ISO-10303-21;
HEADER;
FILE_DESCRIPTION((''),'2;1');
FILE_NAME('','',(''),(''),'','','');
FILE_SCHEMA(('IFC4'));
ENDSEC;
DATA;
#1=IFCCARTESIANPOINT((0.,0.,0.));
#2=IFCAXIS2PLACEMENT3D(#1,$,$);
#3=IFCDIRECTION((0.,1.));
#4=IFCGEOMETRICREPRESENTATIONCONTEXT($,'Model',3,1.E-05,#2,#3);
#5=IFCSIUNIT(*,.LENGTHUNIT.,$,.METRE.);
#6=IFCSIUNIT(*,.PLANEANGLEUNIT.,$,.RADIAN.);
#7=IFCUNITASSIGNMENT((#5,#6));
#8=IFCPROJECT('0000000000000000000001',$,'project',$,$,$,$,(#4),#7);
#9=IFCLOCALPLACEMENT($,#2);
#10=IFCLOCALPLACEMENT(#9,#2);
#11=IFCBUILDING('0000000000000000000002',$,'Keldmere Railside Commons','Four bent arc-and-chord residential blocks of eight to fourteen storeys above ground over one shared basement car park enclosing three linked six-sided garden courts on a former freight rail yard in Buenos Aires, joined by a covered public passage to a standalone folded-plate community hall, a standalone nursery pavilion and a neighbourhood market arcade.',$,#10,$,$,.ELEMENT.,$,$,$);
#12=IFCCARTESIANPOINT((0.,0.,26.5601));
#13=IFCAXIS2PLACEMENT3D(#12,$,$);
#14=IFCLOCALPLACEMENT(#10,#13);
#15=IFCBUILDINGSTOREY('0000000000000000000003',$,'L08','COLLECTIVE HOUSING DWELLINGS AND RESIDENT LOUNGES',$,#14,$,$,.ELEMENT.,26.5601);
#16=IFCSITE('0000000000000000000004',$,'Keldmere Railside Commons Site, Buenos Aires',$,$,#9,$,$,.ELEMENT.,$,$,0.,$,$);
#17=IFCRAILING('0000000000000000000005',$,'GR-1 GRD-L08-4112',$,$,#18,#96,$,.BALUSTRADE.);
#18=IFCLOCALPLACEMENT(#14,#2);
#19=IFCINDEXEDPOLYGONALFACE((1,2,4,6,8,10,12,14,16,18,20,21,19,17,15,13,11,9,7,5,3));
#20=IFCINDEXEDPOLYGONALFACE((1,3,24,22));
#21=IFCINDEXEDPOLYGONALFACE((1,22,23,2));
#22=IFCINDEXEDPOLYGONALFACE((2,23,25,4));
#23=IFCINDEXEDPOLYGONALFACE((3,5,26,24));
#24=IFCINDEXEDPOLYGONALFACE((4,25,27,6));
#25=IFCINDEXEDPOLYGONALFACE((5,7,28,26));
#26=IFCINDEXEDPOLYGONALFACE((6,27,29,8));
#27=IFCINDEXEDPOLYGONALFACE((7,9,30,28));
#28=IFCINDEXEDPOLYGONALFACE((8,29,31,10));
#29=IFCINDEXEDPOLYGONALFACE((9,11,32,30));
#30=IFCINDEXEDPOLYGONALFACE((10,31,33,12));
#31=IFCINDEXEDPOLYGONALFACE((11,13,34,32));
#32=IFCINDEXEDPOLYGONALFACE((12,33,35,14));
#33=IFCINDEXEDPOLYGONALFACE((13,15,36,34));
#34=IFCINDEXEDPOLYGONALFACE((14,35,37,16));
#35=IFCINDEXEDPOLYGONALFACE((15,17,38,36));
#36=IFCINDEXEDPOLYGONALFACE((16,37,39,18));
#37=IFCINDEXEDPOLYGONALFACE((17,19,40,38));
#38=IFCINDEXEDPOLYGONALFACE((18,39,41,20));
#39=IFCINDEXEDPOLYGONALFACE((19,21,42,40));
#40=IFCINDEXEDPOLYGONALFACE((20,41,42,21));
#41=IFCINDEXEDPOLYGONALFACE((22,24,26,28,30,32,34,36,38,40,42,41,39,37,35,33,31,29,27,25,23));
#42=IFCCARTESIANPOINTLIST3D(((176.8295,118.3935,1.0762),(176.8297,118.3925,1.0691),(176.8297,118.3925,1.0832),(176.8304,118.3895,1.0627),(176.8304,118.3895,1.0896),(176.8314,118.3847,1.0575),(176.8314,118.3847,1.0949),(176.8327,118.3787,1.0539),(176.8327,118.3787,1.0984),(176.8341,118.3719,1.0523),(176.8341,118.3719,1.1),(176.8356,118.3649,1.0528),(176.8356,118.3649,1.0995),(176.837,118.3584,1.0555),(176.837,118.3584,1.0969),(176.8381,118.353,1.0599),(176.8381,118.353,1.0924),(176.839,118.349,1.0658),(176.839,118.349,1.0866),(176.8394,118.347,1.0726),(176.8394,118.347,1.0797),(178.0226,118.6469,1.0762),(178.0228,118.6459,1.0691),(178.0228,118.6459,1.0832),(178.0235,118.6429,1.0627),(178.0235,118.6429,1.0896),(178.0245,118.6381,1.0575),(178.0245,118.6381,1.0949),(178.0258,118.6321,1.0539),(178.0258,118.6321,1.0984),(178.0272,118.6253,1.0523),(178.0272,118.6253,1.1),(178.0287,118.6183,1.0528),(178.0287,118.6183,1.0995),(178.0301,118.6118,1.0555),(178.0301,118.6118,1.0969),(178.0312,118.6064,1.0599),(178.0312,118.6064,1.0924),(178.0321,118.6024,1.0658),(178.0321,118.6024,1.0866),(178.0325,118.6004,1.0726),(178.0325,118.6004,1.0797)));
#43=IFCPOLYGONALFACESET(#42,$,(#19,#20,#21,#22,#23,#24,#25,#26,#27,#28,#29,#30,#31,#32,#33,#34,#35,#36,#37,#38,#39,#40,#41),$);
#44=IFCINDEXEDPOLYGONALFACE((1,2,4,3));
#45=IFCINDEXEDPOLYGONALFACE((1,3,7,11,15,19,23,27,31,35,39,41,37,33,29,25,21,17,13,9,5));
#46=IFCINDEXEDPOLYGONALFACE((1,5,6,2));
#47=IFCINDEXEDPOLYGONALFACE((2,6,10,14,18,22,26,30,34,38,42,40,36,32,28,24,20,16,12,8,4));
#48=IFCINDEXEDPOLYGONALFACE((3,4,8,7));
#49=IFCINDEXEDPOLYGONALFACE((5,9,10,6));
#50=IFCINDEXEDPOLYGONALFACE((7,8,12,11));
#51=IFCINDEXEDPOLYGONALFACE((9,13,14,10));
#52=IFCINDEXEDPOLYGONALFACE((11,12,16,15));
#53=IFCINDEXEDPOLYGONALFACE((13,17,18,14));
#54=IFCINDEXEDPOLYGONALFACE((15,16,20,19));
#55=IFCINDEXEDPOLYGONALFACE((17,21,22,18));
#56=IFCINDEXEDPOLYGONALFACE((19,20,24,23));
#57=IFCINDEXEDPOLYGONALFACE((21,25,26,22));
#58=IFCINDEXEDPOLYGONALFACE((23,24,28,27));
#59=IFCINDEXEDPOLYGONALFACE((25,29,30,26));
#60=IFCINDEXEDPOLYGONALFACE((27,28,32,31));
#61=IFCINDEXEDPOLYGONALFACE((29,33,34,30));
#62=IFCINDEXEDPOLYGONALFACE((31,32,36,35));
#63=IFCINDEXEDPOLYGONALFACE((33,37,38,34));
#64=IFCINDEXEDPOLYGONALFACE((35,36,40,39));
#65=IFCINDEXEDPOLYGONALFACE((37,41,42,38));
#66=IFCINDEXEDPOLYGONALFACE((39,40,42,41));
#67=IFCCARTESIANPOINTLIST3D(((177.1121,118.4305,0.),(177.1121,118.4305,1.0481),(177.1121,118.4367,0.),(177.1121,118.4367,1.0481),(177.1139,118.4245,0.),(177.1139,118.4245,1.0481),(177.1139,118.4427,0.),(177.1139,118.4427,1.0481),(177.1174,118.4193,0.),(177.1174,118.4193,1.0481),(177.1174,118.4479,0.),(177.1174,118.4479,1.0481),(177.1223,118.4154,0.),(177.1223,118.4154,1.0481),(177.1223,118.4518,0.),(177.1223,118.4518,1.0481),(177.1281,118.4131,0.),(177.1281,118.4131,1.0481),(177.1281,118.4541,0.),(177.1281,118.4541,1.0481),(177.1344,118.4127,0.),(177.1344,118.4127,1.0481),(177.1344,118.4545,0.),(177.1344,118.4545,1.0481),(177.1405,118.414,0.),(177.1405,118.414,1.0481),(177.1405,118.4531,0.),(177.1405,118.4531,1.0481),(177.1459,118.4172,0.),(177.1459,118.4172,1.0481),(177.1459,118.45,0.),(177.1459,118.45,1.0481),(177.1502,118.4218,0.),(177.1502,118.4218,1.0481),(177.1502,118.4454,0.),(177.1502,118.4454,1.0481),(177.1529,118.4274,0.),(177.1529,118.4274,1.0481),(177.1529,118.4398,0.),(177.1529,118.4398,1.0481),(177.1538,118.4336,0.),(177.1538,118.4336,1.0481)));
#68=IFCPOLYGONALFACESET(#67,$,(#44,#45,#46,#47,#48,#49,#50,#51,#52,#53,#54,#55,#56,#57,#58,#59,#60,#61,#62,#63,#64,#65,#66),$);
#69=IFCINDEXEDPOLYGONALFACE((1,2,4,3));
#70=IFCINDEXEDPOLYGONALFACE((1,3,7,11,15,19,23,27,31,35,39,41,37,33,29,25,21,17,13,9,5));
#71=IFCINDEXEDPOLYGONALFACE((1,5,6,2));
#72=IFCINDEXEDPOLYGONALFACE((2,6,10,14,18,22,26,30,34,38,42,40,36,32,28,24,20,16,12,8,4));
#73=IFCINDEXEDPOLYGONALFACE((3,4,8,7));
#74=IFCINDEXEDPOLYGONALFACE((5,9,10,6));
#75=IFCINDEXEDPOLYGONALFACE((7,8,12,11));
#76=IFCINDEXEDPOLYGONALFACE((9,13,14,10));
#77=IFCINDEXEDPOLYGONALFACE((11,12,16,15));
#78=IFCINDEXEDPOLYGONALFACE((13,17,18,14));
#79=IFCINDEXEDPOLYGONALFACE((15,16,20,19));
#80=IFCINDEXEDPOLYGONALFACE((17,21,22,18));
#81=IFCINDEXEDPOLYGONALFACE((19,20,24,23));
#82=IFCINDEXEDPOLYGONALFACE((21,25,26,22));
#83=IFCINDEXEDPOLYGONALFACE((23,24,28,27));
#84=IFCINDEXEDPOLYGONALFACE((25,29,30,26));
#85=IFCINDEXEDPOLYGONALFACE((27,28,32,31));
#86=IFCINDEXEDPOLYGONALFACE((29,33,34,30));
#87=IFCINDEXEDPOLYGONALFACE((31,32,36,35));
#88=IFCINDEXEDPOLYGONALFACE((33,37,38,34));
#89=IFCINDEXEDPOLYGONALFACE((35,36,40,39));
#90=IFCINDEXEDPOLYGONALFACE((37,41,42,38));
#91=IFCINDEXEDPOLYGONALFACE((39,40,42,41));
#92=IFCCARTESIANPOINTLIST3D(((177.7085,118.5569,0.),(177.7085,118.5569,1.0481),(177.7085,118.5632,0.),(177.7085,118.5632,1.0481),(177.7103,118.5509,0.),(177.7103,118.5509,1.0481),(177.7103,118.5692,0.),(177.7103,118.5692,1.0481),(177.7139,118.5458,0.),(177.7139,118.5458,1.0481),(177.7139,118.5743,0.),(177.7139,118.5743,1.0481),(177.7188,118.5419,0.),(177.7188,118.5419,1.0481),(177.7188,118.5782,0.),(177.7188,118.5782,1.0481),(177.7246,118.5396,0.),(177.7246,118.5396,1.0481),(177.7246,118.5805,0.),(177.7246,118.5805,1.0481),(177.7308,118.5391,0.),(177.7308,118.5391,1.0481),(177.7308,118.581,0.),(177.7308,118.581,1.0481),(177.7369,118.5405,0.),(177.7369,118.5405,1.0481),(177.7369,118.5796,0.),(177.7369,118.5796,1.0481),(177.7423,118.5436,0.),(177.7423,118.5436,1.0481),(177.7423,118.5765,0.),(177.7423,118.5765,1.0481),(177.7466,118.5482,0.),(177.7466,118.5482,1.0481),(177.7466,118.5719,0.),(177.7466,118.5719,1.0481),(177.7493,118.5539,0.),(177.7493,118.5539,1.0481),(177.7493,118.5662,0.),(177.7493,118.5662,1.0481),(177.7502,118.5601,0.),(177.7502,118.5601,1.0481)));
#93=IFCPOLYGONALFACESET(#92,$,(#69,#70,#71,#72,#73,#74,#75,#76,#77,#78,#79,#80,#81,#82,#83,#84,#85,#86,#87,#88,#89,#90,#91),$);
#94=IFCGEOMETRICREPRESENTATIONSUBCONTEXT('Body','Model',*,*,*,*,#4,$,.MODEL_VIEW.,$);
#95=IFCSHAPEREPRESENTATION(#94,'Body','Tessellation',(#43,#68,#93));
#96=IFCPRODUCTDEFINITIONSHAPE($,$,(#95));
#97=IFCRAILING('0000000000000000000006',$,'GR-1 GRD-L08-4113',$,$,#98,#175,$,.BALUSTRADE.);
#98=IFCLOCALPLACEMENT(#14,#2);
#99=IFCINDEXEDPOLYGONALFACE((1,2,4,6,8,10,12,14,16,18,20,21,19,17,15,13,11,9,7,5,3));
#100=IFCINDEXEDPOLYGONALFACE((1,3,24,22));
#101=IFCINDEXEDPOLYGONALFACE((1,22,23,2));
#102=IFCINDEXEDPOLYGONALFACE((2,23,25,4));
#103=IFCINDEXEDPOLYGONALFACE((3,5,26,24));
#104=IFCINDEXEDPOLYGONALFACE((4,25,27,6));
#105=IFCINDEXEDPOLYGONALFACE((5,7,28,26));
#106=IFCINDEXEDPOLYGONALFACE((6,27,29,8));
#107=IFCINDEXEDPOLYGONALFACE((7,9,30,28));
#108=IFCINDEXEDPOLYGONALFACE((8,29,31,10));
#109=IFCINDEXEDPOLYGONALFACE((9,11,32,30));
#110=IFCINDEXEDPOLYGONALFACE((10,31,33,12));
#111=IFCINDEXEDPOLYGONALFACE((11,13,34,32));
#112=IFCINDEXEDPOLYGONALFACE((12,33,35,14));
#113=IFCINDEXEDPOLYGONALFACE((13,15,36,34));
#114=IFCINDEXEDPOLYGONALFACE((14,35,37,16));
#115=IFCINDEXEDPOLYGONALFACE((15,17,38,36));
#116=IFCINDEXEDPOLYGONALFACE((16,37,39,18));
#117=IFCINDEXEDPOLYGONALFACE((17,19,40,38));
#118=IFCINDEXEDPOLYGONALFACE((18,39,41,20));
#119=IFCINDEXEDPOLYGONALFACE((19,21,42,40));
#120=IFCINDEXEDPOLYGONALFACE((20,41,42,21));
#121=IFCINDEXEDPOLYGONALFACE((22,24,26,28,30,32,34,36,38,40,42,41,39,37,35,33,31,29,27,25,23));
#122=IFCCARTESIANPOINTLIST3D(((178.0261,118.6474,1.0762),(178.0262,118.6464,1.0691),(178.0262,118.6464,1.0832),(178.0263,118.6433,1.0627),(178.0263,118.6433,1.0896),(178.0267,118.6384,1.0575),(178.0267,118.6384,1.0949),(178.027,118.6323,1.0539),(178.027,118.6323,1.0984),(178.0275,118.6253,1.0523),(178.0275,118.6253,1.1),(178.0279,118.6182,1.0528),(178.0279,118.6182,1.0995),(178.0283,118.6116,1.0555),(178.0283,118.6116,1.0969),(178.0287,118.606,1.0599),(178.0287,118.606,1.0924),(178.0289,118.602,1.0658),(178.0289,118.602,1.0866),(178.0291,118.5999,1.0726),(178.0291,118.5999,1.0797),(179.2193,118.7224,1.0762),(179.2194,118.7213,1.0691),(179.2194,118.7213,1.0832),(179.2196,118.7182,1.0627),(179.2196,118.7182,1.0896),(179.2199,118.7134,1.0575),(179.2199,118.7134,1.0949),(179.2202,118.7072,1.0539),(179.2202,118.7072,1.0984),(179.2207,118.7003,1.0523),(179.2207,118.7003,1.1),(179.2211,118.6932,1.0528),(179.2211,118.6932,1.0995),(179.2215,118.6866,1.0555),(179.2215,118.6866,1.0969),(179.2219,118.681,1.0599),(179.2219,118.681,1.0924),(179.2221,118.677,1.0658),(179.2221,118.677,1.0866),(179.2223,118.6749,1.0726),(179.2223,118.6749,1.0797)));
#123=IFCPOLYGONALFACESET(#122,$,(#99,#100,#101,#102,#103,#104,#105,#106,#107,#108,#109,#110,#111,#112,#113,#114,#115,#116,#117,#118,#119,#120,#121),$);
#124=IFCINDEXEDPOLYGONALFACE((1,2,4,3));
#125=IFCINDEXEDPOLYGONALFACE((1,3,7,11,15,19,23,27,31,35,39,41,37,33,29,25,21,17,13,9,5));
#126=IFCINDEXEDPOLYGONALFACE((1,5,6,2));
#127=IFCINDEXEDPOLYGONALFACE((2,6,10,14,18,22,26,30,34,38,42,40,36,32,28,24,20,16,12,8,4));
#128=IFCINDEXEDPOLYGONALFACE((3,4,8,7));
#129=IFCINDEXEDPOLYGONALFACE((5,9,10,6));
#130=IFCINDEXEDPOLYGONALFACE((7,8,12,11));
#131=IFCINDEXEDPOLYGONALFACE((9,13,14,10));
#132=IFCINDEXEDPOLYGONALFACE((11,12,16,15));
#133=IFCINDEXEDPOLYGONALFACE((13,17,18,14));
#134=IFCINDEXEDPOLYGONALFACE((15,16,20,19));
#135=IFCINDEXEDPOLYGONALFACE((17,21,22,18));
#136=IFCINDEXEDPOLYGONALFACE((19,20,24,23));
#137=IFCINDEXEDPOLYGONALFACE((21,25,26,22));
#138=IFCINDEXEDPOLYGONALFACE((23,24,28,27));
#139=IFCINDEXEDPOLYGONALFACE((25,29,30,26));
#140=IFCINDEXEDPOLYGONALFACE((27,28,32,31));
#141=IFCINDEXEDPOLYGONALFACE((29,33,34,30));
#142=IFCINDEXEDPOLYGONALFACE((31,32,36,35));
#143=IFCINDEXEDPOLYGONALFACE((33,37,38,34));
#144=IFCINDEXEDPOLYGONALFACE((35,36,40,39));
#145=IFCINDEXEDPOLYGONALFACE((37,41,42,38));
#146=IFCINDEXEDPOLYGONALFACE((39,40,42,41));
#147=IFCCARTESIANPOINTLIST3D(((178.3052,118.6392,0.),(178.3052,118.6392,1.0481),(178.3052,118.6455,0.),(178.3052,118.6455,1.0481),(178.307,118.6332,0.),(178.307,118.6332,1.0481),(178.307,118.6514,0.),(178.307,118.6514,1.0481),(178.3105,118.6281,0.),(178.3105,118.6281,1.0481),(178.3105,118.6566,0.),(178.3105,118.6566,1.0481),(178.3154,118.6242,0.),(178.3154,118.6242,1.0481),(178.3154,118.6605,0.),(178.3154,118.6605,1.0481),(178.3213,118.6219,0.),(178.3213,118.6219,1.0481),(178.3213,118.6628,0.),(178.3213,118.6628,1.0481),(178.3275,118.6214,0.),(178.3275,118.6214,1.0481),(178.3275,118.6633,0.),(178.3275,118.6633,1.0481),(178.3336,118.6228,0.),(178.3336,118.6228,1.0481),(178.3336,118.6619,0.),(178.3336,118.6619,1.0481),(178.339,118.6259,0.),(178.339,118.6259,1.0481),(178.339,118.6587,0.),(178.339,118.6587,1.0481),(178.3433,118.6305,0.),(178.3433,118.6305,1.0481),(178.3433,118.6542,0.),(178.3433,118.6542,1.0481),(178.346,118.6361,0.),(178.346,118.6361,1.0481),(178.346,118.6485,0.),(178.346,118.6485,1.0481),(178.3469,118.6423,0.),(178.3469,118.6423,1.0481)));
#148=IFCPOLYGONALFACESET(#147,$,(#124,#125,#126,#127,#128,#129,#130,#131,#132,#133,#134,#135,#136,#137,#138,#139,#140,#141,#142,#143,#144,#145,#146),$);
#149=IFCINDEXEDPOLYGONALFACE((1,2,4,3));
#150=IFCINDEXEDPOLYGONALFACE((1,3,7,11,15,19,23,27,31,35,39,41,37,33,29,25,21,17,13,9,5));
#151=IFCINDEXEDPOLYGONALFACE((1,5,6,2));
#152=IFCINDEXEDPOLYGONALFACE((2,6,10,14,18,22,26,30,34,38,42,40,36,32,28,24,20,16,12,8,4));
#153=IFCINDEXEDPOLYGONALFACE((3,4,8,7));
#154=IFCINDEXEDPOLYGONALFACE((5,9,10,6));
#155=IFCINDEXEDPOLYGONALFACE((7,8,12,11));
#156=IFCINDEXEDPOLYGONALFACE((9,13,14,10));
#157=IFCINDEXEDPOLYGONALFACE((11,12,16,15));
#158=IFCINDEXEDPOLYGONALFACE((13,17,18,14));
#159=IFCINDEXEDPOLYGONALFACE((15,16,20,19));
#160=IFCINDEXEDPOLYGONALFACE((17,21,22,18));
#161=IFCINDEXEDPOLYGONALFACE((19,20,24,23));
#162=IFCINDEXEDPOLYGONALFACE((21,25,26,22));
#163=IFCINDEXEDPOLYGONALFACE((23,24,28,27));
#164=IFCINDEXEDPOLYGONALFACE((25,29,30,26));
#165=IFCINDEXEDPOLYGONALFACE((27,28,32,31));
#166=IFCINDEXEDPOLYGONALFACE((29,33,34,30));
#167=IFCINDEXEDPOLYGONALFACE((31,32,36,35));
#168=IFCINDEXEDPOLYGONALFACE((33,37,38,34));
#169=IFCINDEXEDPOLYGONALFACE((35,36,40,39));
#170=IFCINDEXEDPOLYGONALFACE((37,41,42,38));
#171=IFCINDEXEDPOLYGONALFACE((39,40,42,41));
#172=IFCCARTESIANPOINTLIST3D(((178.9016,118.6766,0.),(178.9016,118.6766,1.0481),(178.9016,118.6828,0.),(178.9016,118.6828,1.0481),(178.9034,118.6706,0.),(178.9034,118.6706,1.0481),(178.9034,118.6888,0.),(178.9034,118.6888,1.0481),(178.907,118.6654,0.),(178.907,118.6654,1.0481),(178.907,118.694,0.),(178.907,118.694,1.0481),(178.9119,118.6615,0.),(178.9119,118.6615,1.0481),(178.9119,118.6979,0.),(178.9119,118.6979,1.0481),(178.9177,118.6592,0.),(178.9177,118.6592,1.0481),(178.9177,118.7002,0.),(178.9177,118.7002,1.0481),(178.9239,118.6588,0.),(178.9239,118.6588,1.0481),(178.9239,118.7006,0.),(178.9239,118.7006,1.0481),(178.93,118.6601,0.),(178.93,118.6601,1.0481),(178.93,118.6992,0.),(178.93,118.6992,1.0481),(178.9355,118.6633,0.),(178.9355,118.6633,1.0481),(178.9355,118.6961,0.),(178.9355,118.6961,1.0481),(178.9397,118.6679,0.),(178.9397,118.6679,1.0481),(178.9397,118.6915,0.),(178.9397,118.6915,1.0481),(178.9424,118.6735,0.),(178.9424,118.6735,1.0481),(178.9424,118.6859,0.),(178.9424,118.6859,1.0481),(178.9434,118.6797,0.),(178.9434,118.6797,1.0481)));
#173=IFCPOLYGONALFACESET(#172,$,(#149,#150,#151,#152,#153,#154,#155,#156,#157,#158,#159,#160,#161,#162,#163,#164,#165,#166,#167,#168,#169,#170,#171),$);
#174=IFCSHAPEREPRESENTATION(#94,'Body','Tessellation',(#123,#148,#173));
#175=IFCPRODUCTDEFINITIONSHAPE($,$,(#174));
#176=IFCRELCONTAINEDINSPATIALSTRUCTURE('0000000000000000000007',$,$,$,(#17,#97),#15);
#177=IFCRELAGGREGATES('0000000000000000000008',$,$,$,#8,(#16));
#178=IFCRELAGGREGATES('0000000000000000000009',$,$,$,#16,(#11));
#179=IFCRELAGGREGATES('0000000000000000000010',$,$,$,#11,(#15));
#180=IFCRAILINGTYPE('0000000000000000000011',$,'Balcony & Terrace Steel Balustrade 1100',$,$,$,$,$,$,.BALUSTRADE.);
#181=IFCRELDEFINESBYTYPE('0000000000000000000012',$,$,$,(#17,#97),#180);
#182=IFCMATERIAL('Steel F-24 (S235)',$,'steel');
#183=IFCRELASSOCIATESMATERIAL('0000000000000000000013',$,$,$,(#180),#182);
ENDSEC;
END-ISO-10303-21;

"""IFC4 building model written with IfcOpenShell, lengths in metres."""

from ifc_helpers import new_model, si_unit, direction, frame, origin, origin_2d, place, context, subcontext, project, spatial, circle, extrude, material, type_object, element, save


model = new_model("IFC4")

# Units and contexts
model_context = context("Model", 3, precision=1e-05, world=origin(), true_north=direction((0.0, 1.0)))
body_context = subcontext(model_context, "Body", "Model", "MODEL_VIEW")
ifc_project = project(units=[si_unit("LENGTHUNIT", "METRE"), si_unit("PLANEANGLEUNIT", "RADIAN")], contexts=[model_context])

# Site, building, storey
site_placement = place(None, origin())
site = spatial("IfcSite", under=ifc_project, at=site_placement, Name="Keldmere Railside Commons Site, Buenos Aires", CompositionType="ELEMENT", RefElevation=0.0)
building_placement = place(site_placement, origin())
building = spatial("IfcBuilding", under=site, at=building_placement, Name="Keldmere Railside Commons", Description="Four bent arc-and-chord residential blocks of eight to fourteen storeys above ground over one shared basement car park enclosing three linked six-sided garden courts on a former freight rail yard in Buenos Aires, joined by a covered public passage to a standalone folded-plate community hall, a standalone nursery pavilion and a neighbourhood market arcade.", CompositionType="ELEMENT")
storey_placement = place(building_placement, frame((0.0, 0.0, 26.5601)))
storey = spatial("IfcBuildingStorey", under=building, at=storey_placement, Name="L08", Description="COLLECTIVE HOUSING DWELLINGS AND RESIDENT LOUNGES", CompositionType="ELEMENT", Elevation=26.5601)

# Railings
ifc_material_1 = material(Name="Steel F-24 (S235)", Category="steel")
railing_type = type_object("IfcRailingType", Name="Balcony & Terrace Steel Balustrade 1100", PredefinedType="BALUSTRADE", material=ifc_material_1)
railing_1_placement = place(storey_placement, frame((176.8345, 118.3701, 0.0)))
element("IfcRailing", 1, at=railing_1_placement, inside=storey, type_object=railing_type, Name="GR-1 GRD-L08-4112", PredefinedType="BALUSTRADE", context=body_context, shape_type="SweptSolid", body=[
    extrude(circle(Radius=0.0239, at=origin_2d()), frame((0.0, 0.0, 1.0762), z_axis=(0.978179, 0.207765, 0.0), x_axis=(-0.207765, 0.978179, 0.0)), (0.0, 0.0, 1.0), 1.2197),
    extrude(circle(Radius=0.021, at=origin_2d()), frame((0.2983, 0.0635, 0.0)), (0.0, 0.0, 1.0), 1.0481),
    extrude(circle(Radius=0.021, at=origin_2d()), frame((0.8948, 0.1899, 0.0)), (0.0, 0.0, 1.0), 1.0481),
])
railing_2_placement = place(storey_placement, frame((178.0276, 118.6235, 0.0)))
element("IfcRailing", 2, at=railing_2_placement, inside=storey, type_object=railing_type, Name="GR-1 GRD-L08-4113", PredefinedType="BALUSTRADE", context=body_context, shape_type="SweptSolid", body=[
    extrude(circle(Radius=0.0239, at=origin_2d()), frame((0.0, 0.0, 1.0762), z_axis=(0.998033, 0.062696, 0.0), x_axis=(-0.062696, 0.998033, 0.0)), (0.0, 0.0, 1.0), 1.1956),
    extrude(circle(Radius=0.021, at=origin_2d()), frame((0.2983, 0.0188, 0.0)), (0.0, 0.0, 1.0), 1.0481),
    extrude(circle(Radius=0.021, at=origin_2d()), frame((0.8948, 0.0562, 0.0)), (0.0, 0.0, 1.0), 1.0481),
])

save(model, "model.ifc")
